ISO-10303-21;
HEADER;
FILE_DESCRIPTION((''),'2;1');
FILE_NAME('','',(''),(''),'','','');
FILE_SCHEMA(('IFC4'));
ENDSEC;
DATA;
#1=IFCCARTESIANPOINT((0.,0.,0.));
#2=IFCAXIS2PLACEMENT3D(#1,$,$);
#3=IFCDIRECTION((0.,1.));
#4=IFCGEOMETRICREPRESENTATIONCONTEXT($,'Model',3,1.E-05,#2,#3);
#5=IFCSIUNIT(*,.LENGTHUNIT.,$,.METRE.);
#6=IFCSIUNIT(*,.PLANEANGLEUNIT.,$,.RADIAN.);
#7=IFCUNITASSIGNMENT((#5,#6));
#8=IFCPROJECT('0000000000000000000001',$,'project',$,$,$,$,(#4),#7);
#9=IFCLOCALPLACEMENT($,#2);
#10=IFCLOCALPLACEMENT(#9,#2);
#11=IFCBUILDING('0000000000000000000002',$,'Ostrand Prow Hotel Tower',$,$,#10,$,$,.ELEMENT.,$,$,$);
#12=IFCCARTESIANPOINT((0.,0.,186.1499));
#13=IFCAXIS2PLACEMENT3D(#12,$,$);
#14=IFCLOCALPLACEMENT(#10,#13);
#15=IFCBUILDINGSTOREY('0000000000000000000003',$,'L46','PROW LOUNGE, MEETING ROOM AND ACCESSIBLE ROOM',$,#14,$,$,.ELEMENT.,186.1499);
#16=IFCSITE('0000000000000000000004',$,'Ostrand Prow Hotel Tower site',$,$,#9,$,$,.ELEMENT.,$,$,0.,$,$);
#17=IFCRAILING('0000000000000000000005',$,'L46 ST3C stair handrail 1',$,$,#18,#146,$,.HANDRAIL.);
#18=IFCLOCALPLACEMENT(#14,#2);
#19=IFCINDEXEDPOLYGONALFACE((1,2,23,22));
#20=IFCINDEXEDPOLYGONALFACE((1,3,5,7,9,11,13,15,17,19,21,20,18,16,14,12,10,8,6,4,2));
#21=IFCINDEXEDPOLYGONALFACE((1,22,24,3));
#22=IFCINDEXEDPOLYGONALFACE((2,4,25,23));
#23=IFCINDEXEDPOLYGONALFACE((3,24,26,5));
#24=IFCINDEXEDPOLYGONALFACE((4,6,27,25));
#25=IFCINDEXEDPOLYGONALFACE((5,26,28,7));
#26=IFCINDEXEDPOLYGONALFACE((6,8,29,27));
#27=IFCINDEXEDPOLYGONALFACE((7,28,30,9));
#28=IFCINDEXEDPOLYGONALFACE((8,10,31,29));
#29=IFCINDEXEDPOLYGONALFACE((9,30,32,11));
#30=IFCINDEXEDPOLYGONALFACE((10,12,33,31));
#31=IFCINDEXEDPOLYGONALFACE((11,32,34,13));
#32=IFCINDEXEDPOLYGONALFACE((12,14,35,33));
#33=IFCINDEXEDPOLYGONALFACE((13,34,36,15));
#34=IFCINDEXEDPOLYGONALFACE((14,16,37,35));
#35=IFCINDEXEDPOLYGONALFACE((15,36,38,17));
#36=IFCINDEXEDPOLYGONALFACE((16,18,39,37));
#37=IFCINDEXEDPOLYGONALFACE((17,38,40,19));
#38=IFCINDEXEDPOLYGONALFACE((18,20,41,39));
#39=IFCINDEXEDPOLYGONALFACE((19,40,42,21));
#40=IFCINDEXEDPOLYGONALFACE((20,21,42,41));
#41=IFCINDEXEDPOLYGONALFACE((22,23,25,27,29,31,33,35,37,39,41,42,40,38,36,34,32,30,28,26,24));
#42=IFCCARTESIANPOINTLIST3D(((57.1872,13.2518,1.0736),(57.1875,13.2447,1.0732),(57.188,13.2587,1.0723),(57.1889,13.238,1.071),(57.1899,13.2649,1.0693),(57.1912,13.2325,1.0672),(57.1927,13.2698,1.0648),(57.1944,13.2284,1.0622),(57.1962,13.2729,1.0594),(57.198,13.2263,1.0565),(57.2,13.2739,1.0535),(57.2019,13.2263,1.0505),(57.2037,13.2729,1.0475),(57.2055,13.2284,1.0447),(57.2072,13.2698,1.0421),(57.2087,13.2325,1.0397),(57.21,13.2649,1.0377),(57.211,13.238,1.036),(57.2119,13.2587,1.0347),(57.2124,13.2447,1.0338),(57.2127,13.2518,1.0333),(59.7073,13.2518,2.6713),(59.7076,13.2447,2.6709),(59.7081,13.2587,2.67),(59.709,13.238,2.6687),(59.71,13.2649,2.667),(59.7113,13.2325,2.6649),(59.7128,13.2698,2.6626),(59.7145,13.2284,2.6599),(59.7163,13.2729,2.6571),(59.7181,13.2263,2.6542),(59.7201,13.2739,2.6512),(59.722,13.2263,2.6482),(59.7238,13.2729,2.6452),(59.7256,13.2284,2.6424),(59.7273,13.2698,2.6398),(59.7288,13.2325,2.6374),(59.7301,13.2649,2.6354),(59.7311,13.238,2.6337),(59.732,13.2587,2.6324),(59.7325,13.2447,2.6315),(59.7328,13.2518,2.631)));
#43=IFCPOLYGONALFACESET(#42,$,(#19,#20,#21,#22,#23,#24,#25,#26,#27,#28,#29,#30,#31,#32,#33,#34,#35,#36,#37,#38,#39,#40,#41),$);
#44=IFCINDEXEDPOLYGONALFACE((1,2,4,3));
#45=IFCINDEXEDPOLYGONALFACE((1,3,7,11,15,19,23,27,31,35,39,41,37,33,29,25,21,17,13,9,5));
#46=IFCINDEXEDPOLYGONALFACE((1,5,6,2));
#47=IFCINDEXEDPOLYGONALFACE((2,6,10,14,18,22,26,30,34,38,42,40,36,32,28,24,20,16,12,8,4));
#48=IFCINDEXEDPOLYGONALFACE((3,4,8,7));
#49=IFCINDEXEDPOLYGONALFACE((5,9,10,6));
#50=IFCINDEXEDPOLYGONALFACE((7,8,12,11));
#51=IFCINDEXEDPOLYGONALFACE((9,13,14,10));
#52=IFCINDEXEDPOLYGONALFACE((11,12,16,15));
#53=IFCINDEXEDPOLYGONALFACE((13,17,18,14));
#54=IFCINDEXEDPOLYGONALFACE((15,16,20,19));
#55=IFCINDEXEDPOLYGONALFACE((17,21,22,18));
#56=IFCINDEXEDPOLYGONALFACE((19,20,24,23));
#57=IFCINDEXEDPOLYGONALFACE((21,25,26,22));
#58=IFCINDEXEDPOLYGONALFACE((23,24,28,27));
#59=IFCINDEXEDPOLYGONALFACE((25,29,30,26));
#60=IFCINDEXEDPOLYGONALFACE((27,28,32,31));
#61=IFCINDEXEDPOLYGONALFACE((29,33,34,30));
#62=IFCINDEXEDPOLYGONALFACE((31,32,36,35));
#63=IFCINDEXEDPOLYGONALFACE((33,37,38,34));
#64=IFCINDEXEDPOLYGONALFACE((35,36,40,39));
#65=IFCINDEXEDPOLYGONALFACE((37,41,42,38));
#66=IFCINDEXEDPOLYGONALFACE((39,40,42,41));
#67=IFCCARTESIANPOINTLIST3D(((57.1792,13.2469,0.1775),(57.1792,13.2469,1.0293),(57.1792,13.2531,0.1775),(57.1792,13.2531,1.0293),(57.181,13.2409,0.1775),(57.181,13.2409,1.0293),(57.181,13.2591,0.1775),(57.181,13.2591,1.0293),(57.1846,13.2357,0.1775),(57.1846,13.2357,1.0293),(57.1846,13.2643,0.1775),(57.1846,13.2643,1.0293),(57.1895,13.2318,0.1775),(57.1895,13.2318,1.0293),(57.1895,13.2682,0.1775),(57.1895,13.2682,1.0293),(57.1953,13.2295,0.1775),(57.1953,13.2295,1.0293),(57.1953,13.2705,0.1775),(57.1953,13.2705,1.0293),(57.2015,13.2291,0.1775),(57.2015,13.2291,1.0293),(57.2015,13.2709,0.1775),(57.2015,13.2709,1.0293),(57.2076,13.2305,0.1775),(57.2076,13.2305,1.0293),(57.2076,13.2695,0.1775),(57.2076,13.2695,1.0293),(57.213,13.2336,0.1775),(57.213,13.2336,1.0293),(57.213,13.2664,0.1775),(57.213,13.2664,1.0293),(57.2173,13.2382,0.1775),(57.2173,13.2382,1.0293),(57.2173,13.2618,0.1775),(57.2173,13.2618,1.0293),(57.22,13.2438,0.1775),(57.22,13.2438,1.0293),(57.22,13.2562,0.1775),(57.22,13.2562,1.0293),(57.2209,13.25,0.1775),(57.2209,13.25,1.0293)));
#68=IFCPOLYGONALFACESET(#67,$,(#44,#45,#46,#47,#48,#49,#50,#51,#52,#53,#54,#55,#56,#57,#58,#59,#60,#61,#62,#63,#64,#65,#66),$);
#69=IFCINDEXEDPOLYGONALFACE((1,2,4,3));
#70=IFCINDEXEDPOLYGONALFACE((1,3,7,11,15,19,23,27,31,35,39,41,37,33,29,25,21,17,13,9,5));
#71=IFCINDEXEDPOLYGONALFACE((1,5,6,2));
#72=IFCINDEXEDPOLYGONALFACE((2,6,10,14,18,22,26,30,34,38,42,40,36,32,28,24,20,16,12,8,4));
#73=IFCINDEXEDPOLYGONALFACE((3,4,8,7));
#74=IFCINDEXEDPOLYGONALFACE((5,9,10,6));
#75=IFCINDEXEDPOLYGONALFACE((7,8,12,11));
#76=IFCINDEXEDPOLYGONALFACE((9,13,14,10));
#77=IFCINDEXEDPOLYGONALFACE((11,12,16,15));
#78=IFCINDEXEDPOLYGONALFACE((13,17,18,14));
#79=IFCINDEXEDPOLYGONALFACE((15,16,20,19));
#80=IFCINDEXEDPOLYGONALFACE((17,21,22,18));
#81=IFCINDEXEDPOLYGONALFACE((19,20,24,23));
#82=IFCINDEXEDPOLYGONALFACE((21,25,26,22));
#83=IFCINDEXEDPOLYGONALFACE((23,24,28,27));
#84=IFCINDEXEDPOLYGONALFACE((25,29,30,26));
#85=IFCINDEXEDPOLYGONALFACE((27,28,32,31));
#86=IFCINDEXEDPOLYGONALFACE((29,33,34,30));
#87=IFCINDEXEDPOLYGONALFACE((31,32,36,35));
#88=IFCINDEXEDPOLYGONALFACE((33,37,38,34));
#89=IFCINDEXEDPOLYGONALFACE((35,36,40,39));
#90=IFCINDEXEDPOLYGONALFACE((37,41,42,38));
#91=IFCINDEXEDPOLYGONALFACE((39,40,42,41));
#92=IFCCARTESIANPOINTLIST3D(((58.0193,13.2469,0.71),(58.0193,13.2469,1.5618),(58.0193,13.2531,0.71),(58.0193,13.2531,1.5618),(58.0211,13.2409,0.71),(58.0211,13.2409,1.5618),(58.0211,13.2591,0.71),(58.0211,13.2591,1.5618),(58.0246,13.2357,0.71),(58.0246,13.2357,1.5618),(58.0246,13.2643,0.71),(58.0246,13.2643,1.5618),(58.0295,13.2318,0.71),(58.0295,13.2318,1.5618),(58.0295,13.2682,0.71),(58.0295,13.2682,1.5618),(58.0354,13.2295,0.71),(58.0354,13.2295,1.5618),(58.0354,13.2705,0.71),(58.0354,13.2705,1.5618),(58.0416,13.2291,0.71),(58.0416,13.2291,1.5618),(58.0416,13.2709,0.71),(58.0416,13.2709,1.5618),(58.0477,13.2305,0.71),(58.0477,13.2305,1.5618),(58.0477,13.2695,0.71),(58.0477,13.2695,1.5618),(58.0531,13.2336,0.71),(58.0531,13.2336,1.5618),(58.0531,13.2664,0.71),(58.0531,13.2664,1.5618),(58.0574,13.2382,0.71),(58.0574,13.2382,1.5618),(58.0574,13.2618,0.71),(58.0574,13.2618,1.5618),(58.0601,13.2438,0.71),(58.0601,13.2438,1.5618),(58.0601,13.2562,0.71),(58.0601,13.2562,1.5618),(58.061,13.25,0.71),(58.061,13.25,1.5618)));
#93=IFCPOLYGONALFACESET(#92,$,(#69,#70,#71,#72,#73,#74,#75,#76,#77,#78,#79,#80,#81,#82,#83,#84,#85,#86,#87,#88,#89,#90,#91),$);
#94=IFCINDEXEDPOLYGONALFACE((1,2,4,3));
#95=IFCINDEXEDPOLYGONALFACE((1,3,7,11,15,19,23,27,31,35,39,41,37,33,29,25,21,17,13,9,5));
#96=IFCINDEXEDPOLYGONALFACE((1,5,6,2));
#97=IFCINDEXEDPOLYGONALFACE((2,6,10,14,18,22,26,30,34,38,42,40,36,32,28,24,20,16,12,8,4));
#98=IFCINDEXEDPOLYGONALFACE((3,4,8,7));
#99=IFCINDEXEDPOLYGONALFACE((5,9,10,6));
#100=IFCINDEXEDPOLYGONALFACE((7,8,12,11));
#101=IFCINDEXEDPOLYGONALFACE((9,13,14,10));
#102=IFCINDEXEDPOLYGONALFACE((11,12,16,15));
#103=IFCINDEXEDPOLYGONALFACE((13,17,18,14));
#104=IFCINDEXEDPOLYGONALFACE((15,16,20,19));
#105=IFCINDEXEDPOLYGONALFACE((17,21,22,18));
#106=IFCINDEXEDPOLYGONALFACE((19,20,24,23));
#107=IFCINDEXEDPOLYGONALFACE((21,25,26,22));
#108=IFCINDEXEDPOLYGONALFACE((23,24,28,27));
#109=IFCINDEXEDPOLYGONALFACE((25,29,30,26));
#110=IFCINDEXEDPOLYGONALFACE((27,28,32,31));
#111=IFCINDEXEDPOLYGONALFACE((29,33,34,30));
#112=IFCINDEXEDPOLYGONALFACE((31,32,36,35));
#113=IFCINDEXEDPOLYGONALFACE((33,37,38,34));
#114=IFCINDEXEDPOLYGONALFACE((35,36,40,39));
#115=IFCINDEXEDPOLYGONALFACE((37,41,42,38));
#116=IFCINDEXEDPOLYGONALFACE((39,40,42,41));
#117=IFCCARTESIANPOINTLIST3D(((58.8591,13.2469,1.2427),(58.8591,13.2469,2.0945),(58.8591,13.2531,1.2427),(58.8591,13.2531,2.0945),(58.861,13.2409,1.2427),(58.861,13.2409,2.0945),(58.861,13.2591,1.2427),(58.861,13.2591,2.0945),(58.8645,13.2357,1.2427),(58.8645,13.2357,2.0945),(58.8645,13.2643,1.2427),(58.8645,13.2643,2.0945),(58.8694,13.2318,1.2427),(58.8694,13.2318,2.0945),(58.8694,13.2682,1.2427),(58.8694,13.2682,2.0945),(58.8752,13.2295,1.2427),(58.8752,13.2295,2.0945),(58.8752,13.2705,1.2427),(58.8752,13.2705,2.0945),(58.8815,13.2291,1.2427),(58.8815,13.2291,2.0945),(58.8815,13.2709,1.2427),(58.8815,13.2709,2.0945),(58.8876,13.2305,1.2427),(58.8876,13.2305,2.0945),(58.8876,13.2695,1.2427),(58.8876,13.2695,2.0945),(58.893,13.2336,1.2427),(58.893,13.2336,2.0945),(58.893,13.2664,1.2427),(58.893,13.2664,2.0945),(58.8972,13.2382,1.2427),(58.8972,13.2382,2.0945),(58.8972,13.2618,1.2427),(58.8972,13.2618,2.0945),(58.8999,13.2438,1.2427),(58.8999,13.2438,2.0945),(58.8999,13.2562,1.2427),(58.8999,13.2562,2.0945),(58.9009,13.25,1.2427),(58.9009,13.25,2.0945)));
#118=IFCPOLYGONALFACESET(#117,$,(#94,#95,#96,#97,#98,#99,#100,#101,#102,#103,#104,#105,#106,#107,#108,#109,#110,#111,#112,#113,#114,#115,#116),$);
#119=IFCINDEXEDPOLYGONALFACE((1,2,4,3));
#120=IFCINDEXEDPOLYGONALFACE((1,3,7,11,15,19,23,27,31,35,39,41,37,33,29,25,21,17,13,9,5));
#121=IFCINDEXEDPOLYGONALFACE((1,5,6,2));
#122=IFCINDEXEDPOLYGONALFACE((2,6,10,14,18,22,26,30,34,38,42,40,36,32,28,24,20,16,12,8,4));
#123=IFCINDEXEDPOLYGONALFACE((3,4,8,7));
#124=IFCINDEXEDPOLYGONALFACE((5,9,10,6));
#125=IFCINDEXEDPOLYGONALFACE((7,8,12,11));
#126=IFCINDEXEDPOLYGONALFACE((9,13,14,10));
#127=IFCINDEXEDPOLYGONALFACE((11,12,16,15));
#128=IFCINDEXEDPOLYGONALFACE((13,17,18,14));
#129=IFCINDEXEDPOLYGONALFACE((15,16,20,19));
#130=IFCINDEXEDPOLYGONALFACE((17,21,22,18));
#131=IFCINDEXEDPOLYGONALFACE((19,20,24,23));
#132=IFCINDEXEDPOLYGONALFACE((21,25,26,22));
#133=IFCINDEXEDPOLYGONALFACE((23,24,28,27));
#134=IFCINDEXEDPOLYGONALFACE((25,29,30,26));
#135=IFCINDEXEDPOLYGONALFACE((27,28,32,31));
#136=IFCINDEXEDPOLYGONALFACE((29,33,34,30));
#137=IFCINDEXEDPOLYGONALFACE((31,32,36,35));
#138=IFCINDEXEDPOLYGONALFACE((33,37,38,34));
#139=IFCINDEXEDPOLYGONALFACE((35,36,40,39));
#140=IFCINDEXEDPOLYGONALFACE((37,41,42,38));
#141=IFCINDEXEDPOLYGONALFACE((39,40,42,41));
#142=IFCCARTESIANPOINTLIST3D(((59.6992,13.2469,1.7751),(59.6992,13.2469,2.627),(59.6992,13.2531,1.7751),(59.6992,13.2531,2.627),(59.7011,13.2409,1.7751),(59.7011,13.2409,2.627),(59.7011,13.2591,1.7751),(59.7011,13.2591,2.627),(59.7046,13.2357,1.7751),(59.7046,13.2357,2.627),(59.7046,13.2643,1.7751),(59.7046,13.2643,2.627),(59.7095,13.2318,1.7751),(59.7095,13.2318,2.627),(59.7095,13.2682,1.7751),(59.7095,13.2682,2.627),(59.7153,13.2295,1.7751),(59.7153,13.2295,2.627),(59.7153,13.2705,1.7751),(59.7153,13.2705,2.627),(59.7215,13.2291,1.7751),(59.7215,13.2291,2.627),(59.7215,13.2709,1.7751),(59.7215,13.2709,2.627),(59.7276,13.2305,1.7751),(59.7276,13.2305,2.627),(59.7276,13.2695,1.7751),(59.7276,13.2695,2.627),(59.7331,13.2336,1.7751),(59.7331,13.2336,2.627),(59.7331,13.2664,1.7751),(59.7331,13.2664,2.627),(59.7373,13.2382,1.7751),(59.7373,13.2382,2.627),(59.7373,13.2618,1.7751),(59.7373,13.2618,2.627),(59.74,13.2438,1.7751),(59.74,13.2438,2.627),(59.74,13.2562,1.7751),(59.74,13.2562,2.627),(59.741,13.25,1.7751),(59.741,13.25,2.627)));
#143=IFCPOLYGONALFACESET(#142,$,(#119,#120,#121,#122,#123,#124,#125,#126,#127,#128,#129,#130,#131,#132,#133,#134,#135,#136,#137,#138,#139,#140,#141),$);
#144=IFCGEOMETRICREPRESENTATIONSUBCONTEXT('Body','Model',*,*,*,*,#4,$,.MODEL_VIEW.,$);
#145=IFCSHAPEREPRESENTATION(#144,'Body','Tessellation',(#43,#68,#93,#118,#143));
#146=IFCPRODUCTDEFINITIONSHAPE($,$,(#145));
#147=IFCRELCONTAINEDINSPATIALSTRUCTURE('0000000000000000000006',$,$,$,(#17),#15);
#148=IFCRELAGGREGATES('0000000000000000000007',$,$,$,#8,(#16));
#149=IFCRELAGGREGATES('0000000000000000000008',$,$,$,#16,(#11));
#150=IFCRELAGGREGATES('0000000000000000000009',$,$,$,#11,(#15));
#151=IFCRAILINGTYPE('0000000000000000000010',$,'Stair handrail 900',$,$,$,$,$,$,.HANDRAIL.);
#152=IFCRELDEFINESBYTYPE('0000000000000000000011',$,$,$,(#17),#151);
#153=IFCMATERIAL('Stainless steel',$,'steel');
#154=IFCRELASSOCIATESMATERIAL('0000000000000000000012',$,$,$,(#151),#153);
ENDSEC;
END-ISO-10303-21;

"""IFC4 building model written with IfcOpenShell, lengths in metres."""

from ifc_helpers import new_model, si_unit, direction, frame, origin, origin_2d, place, context, subcontext, project, spatial, circle, extrude, material, type_object, element, save


model = new_model("IFC4")

# Units and contexts
model_context = context("Model", 3, precision=1e-05, world=origin(), true_north=direction((0.0, 1.0)))
body_context = subcontext(model_context, "Body", "Model", "MODEL_VIEW")
ifc_project = project(units=[si_unit("LENGTHUNIT", "METRE"), si_unit("PLANEANGLEUNIT", "RADIAN")], contexts=[model_context])

# Site, building, storey
site_placement = place(None, origin())
site = spatial("IfcSite", under=ifc_project, at=site_placement, Name="Ostrand Prow Hotel Tower site", CompositionType="ELEMENT", RefElevation=0.0)
building_placement = place(site_placement, origin())
building = spatial("IfcBuilding", under=site, at=building_placement, Name="Ostrand Prow Hotel Tower", CompositionType="ELEMENT")
storey_placement = place(building_placement, frame((0.0, 0.0, 186.1499)))
storey = spatial("IfcBuildingStorey", under=building, at=storey_placement, Name="L46", Description="PROW LOUNGE, MEETING ROOM AND ACCESSIBLE ROOM", CompositionType="ELEMENT", Elevation=186.1499)

# Railing
ifc_material_1 = material(Name="Stainless steel", Category="steel")
railing_type_1 = type_object("IfcRailingType", Name="Stair handrail 900", PredefinedType="HANDRAIL", material=ifc_material_1)
railing_1_placement = place(storey_placement, frame((57.2, 13.25, 0.1775)))
element("IfcRailing", 1, at=railing_1_placement, inside=storey, type_object=railing_type_1, Name="L46 ST3C stair handrail 1", PredefinedType="HANDRAIL", context=body_context, shape_type="SweptSolid", body=[
    extrude(circle(Radius=0.0239, at=origin_2d()), frame((0.0, 0.0, 0.876), z_axis=(0.84457, 0.0, 0.535445), x_axis=(0.0, 1.0, 0.0)), (0.0, 0.0, 1.0), 2.9839),
    extrude(circle(Radius=0.021, at=origin_2d()), origin(), (0.0, 0.0, 1.0), 0.8518),
    extrude(circle(Radius=0.021, at=origin_2d()), frame((0.8401, 0.0, 0.5325)), (0.0, 0.0, 1.0), 0.8518),
    extrude(circle(Radius=0.021, at=origin_2d()), frame((1.6799, 0.0, 1.0652)), (0.0, 0.0, 1.0), 0.8518),
    extrude(circle(Radius=0.021, at=origin_2d()), frame((2.52, 0.0, 1.5977)), (0.0, 0.0, 1.0), 0.8518),
])

save(model, "model.ifc")
